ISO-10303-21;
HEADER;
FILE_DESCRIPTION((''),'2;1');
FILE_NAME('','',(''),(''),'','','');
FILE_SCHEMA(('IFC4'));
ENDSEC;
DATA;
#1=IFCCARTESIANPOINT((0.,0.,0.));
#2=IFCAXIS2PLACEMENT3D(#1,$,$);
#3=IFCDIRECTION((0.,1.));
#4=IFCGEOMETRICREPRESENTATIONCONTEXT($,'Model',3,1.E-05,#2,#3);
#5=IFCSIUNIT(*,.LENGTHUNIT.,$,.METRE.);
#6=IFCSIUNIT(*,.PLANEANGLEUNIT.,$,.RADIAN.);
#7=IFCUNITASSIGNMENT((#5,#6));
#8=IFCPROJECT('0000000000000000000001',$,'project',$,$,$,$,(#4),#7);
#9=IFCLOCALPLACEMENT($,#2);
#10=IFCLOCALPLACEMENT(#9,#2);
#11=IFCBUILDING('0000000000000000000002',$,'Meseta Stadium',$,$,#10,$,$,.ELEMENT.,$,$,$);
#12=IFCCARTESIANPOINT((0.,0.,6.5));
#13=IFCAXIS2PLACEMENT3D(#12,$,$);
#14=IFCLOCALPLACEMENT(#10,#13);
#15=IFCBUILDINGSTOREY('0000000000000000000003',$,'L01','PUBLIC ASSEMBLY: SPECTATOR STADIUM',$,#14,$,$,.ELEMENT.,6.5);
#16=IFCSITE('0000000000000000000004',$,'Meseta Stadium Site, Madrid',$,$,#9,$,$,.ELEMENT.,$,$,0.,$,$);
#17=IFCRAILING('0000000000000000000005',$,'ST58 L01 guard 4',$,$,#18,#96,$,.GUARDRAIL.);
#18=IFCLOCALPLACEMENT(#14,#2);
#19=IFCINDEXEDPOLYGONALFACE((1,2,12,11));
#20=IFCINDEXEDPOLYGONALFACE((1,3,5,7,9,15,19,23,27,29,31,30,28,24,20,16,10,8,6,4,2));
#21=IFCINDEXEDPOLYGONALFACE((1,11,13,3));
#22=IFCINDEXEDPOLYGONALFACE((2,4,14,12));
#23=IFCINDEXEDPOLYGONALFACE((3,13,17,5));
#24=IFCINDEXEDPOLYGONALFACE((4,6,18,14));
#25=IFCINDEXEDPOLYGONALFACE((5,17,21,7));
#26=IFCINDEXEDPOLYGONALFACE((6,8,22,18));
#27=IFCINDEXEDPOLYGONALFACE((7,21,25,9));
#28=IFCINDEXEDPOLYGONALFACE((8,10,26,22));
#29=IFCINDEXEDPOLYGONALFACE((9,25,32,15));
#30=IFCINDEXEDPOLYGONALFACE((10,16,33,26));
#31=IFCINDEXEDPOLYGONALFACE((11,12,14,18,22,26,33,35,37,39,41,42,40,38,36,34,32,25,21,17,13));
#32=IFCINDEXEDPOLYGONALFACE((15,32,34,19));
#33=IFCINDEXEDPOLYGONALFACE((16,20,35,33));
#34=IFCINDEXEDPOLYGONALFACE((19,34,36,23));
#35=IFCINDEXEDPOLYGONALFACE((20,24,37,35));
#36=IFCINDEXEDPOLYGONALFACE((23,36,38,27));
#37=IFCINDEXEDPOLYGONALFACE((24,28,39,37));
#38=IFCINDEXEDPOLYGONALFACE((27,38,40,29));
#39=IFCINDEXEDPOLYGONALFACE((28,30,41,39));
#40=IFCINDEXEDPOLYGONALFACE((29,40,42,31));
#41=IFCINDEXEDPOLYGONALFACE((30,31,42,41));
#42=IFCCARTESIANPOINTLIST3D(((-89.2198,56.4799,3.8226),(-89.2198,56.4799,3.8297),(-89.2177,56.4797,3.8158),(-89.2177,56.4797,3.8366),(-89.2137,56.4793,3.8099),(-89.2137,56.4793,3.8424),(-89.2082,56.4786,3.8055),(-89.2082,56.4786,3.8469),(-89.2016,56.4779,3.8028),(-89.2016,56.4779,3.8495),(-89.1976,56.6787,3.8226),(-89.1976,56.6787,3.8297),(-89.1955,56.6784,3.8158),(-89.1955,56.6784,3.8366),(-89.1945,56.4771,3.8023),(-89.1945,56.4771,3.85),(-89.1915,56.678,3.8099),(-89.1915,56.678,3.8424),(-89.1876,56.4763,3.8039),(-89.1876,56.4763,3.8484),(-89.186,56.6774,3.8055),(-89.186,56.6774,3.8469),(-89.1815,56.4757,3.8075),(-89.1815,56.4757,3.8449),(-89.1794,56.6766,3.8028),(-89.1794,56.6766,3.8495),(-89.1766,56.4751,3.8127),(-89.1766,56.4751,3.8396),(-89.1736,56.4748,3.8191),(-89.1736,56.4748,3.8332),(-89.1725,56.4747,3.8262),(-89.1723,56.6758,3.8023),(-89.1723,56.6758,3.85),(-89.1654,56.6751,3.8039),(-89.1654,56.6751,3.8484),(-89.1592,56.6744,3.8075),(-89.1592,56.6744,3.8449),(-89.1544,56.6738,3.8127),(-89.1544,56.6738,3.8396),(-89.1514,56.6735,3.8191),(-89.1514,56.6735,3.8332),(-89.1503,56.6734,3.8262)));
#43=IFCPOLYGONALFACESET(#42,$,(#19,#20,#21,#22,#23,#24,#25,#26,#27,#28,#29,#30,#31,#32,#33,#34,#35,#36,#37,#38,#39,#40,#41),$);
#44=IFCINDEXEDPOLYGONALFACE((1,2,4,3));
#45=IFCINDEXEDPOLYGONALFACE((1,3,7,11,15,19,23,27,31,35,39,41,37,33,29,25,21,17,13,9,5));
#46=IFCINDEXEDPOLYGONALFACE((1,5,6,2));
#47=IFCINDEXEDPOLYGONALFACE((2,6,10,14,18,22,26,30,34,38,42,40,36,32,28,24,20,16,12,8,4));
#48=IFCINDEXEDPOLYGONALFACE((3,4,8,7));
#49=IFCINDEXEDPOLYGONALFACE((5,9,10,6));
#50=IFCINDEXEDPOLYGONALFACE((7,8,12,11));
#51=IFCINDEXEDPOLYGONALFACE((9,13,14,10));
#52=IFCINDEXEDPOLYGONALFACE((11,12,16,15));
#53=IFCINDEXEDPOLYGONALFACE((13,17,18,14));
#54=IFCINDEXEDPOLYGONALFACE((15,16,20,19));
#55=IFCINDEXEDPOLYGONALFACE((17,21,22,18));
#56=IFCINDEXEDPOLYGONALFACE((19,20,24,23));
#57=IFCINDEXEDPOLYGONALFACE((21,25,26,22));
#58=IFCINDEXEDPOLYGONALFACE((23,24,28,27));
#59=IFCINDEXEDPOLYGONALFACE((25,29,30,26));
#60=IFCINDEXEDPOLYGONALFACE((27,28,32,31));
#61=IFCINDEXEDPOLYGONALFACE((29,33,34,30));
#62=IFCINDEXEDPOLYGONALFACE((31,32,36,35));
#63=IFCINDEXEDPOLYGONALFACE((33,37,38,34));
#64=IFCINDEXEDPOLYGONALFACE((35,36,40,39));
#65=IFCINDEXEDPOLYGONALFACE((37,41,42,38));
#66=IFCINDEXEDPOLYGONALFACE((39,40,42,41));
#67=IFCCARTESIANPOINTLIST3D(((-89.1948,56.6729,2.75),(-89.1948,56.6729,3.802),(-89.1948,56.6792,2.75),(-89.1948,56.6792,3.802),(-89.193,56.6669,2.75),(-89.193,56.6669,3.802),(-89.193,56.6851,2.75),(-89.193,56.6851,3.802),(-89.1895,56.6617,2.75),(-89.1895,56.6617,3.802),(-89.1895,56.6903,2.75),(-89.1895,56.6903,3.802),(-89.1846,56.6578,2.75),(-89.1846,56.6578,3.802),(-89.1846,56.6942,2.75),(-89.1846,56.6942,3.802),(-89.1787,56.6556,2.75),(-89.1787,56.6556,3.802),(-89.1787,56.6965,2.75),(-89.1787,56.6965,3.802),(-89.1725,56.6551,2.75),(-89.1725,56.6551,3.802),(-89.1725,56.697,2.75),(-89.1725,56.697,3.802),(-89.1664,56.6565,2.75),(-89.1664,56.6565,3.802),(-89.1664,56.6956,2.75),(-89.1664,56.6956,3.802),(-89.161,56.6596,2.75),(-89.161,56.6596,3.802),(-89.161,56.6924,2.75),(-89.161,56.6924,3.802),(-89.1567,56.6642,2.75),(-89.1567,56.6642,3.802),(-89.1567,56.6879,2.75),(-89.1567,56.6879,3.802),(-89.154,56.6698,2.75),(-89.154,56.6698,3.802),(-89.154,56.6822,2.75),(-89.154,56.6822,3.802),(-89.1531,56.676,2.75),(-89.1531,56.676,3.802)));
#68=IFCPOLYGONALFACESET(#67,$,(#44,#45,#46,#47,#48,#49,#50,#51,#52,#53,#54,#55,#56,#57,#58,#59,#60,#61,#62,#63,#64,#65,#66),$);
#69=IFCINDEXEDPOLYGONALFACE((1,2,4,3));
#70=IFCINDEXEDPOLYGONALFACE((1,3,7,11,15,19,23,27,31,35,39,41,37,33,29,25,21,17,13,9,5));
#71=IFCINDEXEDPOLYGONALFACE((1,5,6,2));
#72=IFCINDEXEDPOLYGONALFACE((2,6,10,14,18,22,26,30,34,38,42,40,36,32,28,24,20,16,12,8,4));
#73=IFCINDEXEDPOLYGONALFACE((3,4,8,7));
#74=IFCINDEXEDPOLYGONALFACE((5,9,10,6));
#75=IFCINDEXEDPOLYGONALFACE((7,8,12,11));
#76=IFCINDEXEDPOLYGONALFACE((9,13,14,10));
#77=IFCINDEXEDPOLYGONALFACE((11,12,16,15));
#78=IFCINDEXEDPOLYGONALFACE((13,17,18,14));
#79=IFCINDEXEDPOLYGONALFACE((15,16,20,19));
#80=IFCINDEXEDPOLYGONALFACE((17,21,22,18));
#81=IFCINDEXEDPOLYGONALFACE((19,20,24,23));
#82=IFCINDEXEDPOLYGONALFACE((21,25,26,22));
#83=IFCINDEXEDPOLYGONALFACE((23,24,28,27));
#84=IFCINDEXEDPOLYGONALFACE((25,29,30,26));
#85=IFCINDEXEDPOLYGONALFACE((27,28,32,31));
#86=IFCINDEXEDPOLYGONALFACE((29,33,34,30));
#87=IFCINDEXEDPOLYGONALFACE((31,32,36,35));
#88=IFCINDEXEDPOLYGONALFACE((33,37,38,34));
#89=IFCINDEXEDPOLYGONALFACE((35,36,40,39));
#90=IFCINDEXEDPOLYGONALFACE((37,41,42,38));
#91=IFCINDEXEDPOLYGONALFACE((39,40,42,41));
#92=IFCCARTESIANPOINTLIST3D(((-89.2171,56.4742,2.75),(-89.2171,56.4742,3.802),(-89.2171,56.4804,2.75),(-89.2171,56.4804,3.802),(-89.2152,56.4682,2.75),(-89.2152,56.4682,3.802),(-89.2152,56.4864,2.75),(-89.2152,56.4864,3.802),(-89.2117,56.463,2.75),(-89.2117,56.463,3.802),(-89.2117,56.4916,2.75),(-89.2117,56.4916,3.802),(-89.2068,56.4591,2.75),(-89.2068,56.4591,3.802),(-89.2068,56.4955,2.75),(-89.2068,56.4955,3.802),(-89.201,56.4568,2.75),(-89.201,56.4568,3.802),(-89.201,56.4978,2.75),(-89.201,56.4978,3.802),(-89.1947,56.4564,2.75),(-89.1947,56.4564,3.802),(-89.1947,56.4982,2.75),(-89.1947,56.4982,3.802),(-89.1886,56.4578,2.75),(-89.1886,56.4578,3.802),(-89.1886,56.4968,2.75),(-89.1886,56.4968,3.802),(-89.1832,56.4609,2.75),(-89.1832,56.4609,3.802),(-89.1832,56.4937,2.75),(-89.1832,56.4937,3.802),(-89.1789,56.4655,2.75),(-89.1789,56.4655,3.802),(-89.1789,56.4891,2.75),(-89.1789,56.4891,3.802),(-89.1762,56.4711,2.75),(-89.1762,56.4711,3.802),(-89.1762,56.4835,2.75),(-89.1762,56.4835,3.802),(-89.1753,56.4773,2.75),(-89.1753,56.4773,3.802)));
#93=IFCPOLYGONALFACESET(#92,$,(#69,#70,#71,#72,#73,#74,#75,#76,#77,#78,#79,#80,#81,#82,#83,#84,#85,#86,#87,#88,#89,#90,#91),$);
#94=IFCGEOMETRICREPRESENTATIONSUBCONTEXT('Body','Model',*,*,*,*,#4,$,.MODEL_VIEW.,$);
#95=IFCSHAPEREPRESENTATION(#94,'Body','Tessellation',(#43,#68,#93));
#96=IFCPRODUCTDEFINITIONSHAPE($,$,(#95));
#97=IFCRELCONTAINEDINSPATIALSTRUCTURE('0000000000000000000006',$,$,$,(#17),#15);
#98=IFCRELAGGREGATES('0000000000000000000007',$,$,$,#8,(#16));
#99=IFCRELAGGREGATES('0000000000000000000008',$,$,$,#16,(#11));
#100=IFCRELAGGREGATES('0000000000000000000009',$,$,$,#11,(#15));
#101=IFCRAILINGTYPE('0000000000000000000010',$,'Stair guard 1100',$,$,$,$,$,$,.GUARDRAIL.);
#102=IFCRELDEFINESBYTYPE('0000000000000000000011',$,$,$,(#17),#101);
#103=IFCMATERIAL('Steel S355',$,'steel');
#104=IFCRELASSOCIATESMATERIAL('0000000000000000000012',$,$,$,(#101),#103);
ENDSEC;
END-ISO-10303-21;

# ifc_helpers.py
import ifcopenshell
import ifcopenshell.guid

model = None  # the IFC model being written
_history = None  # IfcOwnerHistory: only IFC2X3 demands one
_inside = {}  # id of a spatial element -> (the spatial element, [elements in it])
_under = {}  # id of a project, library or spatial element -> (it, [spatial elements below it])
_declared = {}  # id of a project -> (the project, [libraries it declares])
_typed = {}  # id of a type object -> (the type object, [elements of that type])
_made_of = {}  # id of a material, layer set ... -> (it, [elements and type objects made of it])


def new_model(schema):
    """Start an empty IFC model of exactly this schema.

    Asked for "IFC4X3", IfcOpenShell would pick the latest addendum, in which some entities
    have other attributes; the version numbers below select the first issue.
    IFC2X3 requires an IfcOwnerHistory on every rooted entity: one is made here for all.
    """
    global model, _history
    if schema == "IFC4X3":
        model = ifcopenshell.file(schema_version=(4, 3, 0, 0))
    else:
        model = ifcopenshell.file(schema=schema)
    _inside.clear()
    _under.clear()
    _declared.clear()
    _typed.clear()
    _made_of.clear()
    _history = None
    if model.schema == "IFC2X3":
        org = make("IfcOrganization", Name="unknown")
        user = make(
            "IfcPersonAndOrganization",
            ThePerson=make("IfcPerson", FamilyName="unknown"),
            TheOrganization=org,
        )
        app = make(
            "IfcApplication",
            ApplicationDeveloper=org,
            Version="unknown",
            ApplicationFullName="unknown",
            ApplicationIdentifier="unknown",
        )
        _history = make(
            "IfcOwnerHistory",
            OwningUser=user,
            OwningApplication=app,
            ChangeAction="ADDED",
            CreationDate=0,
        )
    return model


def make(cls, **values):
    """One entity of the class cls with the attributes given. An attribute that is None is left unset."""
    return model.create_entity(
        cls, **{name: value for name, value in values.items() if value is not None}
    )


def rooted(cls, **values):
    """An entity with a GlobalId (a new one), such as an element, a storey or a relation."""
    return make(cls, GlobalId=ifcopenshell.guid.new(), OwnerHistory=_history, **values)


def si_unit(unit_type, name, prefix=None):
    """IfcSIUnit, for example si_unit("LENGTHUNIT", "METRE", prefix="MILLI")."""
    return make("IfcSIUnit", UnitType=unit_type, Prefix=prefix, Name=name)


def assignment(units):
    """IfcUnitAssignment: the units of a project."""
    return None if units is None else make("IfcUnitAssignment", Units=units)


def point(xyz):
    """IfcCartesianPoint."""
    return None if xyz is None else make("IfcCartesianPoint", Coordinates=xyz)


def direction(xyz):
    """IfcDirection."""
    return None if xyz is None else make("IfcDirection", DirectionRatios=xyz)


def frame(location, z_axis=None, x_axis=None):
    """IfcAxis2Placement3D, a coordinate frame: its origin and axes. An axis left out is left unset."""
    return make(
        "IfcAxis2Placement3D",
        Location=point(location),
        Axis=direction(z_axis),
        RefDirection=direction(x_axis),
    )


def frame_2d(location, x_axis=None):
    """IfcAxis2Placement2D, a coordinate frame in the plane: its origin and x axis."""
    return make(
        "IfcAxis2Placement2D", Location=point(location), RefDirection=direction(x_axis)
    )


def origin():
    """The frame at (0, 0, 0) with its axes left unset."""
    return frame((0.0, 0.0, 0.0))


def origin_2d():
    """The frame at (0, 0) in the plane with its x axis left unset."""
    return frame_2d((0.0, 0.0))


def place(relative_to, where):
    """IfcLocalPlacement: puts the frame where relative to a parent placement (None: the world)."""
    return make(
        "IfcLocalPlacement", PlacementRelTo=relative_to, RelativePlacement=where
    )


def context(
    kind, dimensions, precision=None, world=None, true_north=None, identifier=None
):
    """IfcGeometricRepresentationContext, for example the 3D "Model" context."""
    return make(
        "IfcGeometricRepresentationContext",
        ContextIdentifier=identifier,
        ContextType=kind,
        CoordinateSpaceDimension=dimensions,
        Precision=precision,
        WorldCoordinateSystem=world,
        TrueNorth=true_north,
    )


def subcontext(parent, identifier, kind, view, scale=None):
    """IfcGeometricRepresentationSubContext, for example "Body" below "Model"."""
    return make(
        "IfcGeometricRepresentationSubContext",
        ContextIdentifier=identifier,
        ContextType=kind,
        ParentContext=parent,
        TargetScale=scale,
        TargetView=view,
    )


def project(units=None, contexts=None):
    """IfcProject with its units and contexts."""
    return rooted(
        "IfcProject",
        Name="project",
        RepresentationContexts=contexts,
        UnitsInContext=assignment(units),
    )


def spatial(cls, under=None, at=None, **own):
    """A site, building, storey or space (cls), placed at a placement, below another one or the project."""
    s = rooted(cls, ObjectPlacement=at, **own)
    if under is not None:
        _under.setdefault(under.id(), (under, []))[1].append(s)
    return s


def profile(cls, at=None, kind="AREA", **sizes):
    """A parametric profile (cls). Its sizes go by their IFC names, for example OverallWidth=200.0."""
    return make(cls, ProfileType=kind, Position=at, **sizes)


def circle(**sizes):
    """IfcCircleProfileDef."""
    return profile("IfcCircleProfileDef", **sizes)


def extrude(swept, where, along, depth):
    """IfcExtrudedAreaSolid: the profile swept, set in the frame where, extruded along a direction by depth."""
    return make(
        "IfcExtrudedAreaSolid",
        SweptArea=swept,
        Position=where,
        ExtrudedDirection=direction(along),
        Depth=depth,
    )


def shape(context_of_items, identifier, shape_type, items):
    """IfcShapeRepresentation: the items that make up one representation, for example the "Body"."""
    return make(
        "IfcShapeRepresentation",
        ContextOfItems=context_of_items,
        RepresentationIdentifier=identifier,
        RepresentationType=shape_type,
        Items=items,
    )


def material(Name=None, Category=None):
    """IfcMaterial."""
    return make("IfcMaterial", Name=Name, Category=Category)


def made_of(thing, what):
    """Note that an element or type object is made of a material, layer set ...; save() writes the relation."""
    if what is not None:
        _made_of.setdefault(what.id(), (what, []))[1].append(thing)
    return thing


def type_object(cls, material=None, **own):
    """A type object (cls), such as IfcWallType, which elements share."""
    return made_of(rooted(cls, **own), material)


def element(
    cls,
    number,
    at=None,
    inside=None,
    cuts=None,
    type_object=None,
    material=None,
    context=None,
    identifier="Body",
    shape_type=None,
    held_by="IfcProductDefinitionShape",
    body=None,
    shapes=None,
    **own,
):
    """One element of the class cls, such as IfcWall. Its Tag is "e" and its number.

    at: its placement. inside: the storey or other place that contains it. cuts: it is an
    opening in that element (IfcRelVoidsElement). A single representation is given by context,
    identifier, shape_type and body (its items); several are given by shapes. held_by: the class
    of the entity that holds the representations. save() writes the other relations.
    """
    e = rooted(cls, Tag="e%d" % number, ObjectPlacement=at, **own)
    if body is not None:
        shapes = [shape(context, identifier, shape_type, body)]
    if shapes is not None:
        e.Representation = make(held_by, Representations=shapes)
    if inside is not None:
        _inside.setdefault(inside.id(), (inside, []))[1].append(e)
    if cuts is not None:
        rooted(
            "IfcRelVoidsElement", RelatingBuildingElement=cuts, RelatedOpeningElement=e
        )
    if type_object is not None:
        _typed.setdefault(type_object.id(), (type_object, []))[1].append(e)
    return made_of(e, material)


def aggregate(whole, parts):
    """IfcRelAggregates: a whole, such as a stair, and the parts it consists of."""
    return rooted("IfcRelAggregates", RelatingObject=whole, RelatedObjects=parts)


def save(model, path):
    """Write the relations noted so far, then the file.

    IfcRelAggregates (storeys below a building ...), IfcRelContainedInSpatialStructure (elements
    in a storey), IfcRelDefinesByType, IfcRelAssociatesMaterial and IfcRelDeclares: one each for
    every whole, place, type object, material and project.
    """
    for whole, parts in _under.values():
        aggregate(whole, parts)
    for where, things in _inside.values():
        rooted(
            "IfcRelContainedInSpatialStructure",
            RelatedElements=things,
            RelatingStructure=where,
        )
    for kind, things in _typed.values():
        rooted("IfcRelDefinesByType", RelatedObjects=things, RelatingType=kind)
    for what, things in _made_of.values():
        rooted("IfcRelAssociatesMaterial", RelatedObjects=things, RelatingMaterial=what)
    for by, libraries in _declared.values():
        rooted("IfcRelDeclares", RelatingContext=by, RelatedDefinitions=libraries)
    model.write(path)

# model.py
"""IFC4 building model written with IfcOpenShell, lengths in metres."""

from ifc_helpers import new_model, si_unit, direction, frame, origin, origin_2d, place, context, subcontext, project, spatial, circle, extrude, material, type_object, element, save


model = new_model("IFC4")

# Units and contexts
model_context = context("Model", 3, precision=1e-05, world=origin(), true_north=direction((0.0, 1.0)))
body_context = subcontext(model_context, "Body", "Model", "MODEL_VIEW")
ifc_project = project(units=[si_unit("LENGTHUNIT", "METRE"), si_unit("PLANEANGLEUNIT", "RADIAN")], contexts=[model_context])

# Site, building, storey
site_placement = place(None, origin())
site = spatial("IfcSite", under=ifc_project, at=site_placement, Name="Meseta Stadium Site, Madrid", CompositionType="ELEMENT", RefElevation=0.0)
building_placement = place(site_placement, origin())
building = spatial("IfcBuilding", under=site, at=building_placement, Name="Meseta Stadium", CompositionType="ELEMENT")
storey_placement = place(building_placement, frame((0.0, 0.0, 6.5)))
storey = spatial("IfcBuildingStorey", under=building, at=storey_placement, Name="L01", Description="PUBLIC ASSEMBLY: SPECTATOR STADIUM", CompositionType="ELEMENT", Elevation=6.5)

# Railing
ifc_material_1 = material(Name="Steel S355", Category="steel")
railing_type_1 = type_object("IfcRailingType", Name="Stair guard 1100", PredefinedType="GUARDRAIL", material=ifc_material_1)
railing_1_placement = place(storey_placement, frame((-89.1741, 56.676, 2.75)))
element("IfcRailing", 1, at=railing_1_placement, inside=storey, type_object=railing_type_1, Name="ST58 L01 guard 4", PredefinedType="GUARDRAIL", context=body_context, shape_type="SweptSolid", body=[
    extrude(circle(Radius=0.0239, at=origin_2d()), frame((0.0, 0.0, 1.0762), z_axis=(-0.111102, -0.993809, 0.0), x_axis=(0.993809, -0.111102, 0.0)), (0.0, 0.0, 1.0), 0.2),
    extrude(circle(Radius=0.021, at=origin_2d()), origin(), (0.0, 0.0, 1.0), 1.052),
    extrude(circle(Radius=0.021, at=origin_2d()), frame((-0.0222, -0.1987, 0.0)), (0.0, 0.0, 1.0), 1.052),
])

save(model, "model.ifc")
